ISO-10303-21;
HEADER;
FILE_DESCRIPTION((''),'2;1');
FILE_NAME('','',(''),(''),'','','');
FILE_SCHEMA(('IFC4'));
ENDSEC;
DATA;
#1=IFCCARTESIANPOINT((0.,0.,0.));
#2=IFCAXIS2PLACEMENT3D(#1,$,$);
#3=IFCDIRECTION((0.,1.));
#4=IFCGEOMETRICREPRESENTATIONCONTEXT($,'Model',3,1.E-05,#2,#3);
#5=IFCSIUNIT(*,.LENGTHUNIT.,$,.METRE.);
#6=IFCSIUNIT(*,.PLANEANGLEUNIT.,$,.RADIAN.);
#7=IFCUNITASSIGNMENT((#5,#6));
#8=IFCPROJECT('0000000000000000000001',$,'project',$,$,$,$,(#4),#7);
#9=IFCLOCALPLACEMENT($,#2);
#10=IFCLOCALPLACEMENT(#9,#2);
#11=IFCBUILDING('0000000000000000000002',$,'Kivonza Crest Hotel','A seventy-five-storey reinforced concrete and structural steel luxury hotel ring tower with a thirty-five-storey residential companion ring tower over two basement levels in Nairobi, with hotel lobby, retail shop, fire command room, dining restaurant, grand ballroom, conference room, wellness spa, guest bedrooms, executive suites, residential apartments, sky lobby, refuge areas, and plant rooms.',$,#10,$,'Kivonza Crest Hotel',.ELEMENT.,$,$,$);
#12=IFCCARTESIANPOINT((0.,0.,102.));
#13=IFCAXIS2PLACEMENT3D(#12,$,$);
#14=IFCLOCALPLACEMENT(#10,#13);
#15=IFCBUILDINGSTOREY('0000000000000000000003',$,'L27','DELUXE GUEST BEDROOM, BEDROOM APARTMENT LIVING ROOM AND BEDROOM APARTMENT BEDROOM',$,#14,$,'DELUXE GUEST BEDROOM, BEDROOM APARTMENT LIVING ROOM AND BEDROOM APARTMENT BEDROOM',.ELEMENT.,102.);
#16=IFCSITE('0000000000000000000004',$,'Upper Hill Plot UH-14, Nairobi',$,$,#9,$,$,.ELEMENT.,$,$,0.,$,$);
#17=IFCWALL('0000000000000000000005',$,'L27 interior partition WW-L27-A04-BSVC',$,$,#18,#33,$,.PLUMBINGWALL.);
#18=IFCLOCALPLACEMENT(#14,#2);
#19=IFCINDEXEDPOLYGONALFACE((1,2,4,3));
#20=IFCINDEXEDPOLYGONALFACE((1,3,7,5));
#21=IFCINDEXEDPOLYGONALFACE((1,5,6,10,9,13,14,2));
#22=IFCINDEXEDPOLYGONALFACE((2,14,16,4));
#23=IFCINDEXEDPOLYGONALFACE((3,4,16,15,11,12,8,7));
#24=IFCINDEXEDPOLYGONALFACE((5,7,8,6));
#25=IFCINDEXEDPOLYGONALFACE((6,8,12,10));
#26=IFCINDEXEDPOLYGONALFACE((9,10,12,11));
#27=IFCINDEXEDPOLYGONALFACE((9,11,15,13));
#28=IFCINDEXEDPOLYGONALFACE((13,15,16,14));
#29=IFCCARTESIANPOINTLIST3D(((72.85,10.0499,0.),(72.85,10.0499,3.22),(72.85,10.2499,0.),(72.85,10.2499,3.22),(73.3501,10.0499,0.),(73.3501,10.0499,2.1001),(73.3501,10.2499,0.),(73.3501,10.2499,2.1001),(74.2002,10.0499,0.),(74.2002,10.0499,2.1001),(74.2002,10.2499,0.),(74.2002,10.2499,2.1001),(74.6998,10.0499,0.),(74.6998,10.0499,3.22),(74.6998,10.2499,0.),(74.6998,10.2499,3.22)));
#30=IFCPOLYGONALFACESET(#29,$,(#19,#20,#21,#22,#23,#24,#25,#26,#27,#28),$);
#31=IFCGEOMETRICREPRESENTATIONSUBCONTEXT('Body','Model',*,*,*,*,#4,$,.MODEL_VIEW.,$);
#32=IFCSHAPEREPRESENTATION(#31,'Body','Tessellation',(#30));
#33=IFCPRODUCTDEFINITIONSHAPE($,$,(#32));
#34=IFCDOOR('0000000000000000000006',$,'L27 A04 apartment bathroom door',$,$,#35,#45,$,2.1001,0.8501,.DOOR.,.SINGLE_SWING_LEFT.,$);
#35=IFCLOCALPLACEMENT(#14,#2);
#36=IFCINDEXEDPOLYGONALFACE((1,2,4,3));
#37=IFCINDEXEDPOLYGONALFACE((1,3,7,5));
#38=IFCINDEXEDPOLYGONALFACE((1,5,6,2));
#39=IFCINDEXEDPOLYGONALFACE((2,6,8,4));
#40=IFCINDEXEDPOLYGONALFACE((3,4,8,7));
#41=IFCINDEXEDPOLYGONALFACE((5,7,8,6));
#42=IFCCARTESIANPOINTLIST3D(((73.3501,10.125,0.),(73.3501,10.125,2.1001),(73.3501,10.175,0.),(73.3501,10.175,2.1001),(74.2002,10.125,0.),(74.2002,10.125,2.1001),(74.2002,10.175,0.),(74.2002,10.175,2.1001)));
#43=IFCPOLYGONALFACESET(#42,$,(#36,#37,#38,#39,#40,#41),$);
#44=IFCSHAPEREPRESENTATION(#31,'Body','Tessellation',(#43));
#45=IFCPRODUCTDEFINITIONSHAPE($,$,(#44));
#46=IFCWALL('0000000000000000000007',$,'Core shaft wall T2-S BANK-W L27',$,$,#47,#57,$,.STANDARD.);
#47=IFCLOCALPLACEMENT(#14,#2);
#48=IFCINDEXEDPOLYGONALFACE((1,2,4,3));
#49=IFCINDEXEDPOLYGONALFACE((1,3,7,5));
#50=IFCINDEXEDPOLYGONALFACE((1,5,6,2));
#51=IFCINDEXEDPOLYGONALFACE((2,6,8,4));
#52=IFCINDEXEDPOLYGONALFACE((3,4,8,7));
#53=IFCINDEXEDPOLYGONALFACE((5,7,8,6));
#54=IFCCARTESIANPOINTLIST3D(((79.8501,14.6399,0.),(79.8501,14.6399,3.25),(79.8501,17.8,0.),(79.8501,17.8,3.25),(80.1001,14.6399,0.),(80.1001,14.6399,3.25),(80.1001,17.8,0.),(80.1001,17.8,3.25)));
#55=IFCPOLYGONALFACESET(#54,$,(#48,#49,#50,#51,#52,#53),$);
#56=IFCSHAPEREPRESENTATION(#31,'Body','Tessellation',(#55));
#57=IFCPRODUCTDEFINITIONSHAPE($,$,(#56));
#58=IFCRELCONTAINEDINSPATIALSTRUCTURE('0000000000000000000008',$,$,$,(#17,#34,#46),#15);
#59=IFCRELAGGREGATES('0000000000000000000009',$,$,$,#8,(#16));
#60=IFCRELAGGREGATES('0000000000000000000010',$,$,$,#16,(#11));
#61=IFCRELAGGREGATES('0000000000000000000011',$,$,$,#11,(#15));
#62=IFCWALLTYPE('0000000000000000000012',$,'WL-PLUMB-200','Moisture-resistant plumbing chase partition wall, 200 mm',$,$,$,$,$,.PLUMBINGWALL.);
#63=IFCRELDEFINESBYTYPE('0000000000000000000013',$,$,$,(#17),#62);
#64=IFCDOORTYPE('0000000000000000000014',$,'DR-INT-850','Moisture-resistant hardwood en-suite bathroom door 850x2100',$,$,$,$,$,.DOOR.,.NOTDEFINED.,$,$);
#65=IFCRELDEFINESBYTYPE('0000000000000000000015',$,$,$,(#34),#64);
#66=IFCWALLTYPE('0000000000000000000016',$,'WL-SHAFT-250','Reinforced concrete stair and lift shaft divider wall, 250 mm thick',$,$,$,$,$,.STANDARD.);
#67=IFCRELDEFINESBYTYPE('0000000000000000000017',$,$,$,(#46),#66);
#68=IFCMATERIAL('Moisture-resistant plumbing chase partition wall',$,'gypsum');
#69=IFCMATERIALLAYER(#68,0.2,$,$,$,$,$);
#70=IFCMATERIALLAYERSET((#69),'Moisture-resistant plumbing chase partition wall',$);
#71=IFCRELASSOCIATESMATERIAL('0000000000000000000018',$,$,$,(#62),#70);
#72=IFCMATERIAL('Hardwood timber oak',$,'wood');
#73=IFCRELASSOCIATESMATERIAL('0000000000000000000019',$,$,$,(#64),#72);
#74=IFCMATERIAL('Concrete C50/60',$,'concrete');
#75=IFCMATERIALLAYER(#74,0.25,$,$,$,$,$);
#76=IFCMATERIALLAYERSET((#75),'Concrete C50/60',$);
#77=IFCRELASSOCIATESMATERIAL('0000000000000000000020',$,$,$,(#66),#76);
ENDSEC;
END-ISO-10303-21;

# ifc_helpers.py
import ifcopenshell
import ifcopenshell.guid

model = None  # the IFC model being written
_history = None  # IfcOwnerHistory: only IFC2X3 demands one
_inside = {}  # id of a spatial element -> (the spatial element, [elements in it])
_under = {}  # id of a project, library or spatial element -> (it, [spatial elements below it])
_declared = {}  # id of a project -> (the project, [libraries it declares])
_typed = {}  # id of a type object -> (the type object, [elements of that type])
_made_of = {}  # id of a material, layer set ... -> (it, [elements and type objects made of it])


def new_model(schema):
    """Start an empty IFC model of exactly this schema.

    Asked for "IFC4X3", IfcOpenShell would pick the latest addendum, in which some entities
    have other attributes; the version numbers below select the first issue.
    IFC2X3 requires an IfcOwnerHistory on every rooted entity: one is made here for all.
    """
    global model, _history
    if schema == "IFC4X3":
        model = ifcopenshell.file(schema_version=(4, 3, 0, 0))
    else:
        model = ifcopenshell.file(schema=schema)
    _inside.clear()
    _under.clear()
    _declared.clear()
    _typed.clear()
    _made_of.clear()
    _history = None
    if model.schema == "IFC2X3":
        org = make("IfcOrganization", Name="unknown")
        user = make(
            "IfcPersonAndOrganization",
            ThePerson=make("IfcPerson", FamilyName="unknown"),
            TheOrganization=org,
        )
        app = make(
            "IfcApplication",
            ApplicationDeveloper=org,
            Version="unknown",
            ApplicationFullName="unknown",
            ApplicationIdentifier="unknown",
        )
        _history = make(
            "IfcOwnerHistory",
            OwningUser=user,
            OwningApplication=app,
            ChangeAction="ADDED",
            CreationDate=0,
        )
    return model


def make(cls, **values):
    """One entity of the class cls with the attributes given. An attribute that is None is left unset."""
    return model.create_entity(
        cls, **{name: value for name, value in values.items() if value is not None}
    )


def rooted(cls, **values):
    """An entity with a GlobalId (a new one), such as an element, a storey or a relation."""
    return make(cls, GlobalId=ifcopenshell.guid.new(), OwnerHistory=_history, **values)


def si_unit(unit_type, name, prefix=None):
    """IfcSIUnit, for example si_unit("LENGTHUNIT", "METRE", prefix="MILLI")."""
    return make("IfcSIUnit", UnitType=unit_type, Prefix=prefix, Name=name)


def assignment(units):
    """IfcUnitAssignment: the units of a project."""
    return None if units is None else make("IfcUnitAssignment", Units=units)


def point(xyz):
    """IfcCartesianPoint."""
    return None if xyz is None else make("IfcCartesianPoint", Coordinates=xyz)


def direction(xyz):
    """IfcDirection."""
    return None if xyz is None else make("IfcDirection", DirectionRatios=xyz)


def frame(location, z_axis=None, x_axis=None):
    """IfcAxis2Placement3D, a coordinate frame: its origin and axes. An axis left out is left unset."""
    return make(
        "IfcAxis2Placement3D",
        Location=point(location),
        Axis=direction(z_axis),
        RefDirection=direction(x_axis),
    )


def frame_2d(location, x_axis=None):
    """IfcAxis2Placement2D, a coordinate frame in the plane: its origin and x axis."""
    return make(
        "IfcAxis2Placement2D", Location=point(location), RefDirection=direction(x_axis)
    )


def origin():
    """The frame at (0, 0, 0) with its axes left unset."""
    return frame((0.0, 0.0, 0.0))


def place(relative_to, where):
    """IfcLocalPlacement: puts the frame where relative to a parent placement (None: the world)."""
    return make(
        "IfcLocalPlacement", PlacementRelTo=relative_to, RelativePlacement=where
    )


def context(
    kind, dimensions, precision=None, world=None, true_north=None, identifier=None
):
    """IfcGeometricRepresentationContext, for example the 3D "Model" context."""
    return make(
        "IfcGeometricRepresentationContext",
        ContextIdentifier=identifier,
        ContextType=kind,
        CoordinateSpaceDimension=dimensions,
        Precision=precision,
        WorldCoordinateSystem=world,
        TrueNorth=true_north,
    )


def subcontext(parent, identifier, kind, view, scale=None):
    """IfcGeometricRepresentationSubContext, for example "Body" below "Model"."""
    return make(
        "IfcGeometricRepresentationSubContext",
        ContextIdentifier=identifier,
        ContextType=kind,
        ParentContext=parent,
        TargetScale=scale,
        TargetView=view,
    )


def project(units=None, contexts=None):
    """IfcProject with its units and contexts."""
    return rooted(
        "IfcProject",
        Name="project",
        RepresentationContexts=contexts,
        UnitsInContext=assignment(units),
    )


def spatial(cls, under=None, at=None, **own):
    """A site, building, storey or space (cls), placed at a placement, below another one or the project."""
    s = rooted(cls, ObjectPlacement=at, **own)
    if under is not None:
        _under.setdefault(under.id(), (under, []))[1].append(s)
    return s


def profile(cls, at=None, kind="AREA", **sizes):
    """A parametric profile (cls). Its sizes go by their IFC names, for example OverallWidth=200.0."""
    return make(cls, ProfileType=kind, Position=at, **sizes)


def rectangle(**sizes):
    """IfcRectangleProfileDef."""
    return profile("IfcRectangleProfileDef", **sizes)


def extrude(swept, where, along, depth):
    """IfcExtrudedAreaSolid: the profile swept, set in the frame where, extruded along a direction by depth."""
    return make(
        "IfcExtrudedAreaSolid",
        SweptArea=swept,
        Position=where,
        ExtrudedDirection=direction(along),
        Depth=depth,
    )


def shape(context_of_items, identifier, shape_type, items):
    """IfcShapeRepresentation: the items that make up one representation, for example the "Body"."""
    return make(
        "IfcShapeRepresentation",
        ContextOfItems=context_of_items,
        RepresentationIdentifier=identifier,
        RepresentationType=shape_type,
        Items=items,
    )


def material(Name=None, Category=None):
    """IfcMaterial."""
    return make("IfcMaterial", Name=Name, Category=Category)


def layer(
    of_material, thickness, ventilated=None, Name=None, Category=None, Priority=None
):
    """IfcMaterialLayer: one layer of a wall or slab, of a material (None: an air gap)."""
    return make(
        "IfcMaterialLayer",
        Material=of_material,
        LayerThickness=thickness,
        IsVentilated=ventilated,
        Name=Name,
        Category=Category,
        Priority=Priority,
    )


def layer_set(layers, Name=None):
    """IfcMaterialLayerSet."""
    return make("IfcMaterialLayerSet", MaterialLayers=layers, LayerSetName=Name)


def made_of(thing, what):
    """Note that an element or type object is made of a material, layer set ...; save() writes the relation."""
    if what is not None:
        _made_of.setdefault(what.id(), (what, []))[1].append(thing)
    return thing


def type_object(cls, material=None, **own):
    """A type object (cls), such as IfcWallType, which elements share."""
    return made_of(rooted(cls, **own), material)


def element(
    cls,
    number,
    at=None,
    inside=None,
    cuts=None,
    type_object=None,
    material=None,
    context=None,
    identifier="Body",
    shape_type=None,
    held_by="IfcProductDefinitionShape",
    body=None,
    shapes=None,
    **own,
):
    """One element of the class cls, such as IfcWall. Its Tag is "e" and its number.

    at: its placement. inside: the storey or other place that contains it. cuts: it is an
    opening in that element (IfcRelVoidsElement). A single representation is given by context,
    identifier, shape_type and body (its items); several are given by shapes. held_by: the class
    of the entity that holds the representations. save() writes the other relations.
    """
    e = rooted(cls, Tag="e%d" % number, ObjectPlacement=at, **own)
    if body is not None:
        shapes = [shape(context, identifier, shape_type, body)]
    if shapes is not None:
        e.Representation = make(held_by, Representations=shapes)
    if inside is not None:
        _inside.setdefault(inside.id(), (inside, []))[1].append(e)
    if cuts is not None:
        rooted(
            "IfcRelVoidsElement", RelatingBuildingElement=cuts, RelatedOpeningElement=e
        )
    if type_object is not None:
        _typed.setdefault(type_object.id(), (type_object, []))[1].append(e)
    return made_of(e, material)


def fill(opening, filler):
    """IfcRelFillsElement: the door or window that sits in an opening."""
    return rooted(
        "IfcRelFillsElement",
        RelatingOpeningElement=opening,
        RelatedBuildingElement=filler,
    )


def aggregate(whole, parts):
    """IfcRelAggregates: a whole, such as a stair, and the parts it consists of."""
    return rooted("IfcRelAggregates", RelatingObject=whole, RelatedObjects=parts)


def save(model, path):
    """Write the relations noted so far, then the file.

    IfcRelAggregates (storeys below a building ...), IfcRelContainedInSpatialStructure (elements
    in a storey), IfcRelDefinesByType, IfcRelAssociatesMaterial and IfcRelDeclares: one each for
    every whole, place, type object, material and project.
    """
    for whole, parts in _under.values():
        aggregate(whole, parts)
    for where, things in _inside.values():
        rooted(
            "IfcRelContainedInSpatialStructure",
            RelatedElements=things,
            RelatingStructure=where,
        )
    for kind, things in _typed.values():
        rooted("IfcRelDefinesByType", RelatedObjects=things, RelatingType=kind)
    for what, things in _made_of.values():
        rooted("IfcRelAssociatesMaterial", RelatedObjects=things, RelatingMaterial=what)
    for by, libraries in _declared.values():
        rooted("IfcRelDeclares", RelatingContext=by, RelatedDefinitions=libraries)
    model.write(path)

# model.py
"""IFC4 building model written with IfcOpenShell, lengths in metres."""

from ifc_helpers import new_model, si_unit, direction, frame, frame_2d, origin, place, context, subcontext, project, spatial, rectangle, extrude, material, layer, layer_set, type_object, element, fill, save


model = new_model("IFC4")

# Units and contexts
model_context = context("Model", 3, precision=1e-05, world=origin(), true_north=direction((0.0, 1.0)))
body_context = subcontext(model_context, "Body", "Model", "MODEL_VIEW")
ifc_project = project(units=[si_unit("LENGTHUNIT", "METRE"), si_unit("PLANEANGLEUNIT", "RADIAN")], contexts=[model_context])

# Site, building, storey
site_placement = place(None, origin())
site = spatial("IfcSite", under=ifc_project, at=site_placement, Name="Upper Hill Plot UH-14, Nairobi", CompositionType="ELEMENT", RefElevation=0.0)
building_placement = place(site_placement, origin())
building = spatial("IfcBuilding", under=site, at=building_placement, Name="Kivonza Crest Hotel", Description="A seventy-five-storey reinforced concrete and structural steel luxury hotel ring tower with a thirty-five-storey residential companion ring tower over two basement levels in Nairobi, with hotel lobby, retail shop, fire command room, dining restaurant, grand ballroom, conference room, wellness spa, guest bedrooms, executive suites, residential apartments, sky lobby, refuge areas, and plant rooms.", LongName="Kivonza Crest Hotel", CompositionType="ELEMENT")
storey_placement = place(building_placement, frame((0.0, 0.0, 102.0)))
storey = spatial("IfcBuildingStorey", under=building, at=storey_placement, Name="L27", Description="DELUXE GUEST BEDROOM, BEDROOM APARTMENT LIVING ROOM AND BEDROOM APARTMENT BEDROOM", LongName="DELUXE GUEST BEDROOM, BEDROOM APARTMENT LIVING ROOM AND BEDROOM APARTMENT BEDROOM", CompositionType="ELEMENT", Elevation=102.0)

# Shared definitions
ifc_material_1 = material(Name="Concrete C50/60", Category="concrete")

# Shared definitions
ifc_material_2 = material(Name="Hardwood timber oak", Category="wood")

# Wall, opening, door
ifc_material_3 = material(Name="Moisture-resistant plumbing chase partition wall", Category="gypsum")
ifc_layer_1 = layer(ifc_material_3, 0.2)
ifc_layer_set_1 = layer_set([ifc_layer_1], Name="Moisture-resistant plumbing chase partition wall")
wall_type_1 = type_object("IfcWallType", Name="WL-PLUMB-200", Description="Moisture-resistant plumbing chase partition wall, 200 mm", PredefinedType="PLUMBINGWALL", material=ifc_layer_set_1)
wall_1_placement = place(storey_placement, frame((72.8501, 10.1499, 0.0), z_axis=(0.0, 0.0, 1.0), x_axis=(1.0, 0.0, 0.0)))
wall_1 = element("IfcWall", 1, at=wall_1_placement, inside=storey, type_object=wall_type_1, Name="L27 interior partition WW-L27-A04-BSVC", PredefinedType="PLUMBINGWALL", context=body_context, shape_type="SweptSolid", body=[
    extrude(rectangle(XDim=1.8499, YDim=0.2, at=frame_2d((0.9248, 0.0))), origin(), (0.0, 0.0, 1.0), 3.22),
])
opening_1_placement = place(wall_1_placement, frame((0.5, 0.0, 0.0)))
opening_1 = element("IfcOpeningElement", 2, at=opening_1_placement, cuts=wall_1, PredefinedType="OPENING", context=body_context, shape_type="SweptSolid", body=[
    extrude(rectangle(XDim=0.8501, YDim=2.1001, at=frame_2d((0.425, 1.05))), frame((0.0, 0.1099, 0.0), z_axis=(0.0, -1.0, 0.0), x_axis=(1.0, 0.0, 0.0)), (0.0, 0.0, 1.0), 0.22),
])
door_type_1 = type_object("IfcDoorType", Name="DR-INT-850", Description="Moisture-resistant hardwood en-suite bathroom door 850x2100", OperationType="NOTDEFINED", PredefinedType="DOOR", material=ifc_material_2)
door_1_placement = place(opening_1_placement, frame((0.8501, 0.0, 0.0), z_axis=(0.0, 0.0, 1.0), x_axis=(-1.0, 0.0, 0.0)))
door_1 = element("IfcDoor", 3, at=door_1_placement, inside=storey, type_object=door_type_1, Name="L27 A04 apartment bathroom door", OperationType="SINGLE_SWING_LEFT", OverallHeight=2.1001, OverallWidth=0.8501, PredefinedType="DOOR", context=body_context, shape_type="SweptSolid", body=[
    extrude(rectangle(XDim=0.8501, YDim=2.1001, at=frame_2d((0.425, 1.05))), frame((0.0, 0.0249, 0.0), z_axis=(0.0, -1.0, 0.0), x_axis=(1.0, 0.0, 0.0)), (0.0, 0.0, 1.0), 0.05),
])
fill(opening_1, door_1)
ifc_layer_2 = layer(ifc_material_1, 0.25)
ifc_layer_set_2 = layer_set([ifc_layer_2], Name="Concrete C50/60")
wall_type_2 = type_object("IfcWallType", Name="WL-SHAFT-250", Description="Reinforced concrete stair and lift shaft divider wall, 250 mm thick", PredefinedType="STANDARD", material=ifc_layer_set_2)

# Wall
wall_2_placement = place(storey_placement, frame((79.9751, 14.6399, 0.0), z_axis=(0.0, 0.0, 1.0), x_axis=(0.0, 1.0, 0.0)))
element("IfcWall", 4, at=wall_2_placement, inside=storey, type_object=wall_type_2, Name="Core shaft wall T2-S BANK-W L27", PredefinedType="STANDARD", context=body_context, shape_type="SweptSolid", body=[
    extrude(rectangle(XDim=3.1602, YDim=0.25, at=frame_2d((1.5801, 0.0))), origin(), (0.0, 0.0, 1.0), 3.25),
])

save(model, "model.ifc")
